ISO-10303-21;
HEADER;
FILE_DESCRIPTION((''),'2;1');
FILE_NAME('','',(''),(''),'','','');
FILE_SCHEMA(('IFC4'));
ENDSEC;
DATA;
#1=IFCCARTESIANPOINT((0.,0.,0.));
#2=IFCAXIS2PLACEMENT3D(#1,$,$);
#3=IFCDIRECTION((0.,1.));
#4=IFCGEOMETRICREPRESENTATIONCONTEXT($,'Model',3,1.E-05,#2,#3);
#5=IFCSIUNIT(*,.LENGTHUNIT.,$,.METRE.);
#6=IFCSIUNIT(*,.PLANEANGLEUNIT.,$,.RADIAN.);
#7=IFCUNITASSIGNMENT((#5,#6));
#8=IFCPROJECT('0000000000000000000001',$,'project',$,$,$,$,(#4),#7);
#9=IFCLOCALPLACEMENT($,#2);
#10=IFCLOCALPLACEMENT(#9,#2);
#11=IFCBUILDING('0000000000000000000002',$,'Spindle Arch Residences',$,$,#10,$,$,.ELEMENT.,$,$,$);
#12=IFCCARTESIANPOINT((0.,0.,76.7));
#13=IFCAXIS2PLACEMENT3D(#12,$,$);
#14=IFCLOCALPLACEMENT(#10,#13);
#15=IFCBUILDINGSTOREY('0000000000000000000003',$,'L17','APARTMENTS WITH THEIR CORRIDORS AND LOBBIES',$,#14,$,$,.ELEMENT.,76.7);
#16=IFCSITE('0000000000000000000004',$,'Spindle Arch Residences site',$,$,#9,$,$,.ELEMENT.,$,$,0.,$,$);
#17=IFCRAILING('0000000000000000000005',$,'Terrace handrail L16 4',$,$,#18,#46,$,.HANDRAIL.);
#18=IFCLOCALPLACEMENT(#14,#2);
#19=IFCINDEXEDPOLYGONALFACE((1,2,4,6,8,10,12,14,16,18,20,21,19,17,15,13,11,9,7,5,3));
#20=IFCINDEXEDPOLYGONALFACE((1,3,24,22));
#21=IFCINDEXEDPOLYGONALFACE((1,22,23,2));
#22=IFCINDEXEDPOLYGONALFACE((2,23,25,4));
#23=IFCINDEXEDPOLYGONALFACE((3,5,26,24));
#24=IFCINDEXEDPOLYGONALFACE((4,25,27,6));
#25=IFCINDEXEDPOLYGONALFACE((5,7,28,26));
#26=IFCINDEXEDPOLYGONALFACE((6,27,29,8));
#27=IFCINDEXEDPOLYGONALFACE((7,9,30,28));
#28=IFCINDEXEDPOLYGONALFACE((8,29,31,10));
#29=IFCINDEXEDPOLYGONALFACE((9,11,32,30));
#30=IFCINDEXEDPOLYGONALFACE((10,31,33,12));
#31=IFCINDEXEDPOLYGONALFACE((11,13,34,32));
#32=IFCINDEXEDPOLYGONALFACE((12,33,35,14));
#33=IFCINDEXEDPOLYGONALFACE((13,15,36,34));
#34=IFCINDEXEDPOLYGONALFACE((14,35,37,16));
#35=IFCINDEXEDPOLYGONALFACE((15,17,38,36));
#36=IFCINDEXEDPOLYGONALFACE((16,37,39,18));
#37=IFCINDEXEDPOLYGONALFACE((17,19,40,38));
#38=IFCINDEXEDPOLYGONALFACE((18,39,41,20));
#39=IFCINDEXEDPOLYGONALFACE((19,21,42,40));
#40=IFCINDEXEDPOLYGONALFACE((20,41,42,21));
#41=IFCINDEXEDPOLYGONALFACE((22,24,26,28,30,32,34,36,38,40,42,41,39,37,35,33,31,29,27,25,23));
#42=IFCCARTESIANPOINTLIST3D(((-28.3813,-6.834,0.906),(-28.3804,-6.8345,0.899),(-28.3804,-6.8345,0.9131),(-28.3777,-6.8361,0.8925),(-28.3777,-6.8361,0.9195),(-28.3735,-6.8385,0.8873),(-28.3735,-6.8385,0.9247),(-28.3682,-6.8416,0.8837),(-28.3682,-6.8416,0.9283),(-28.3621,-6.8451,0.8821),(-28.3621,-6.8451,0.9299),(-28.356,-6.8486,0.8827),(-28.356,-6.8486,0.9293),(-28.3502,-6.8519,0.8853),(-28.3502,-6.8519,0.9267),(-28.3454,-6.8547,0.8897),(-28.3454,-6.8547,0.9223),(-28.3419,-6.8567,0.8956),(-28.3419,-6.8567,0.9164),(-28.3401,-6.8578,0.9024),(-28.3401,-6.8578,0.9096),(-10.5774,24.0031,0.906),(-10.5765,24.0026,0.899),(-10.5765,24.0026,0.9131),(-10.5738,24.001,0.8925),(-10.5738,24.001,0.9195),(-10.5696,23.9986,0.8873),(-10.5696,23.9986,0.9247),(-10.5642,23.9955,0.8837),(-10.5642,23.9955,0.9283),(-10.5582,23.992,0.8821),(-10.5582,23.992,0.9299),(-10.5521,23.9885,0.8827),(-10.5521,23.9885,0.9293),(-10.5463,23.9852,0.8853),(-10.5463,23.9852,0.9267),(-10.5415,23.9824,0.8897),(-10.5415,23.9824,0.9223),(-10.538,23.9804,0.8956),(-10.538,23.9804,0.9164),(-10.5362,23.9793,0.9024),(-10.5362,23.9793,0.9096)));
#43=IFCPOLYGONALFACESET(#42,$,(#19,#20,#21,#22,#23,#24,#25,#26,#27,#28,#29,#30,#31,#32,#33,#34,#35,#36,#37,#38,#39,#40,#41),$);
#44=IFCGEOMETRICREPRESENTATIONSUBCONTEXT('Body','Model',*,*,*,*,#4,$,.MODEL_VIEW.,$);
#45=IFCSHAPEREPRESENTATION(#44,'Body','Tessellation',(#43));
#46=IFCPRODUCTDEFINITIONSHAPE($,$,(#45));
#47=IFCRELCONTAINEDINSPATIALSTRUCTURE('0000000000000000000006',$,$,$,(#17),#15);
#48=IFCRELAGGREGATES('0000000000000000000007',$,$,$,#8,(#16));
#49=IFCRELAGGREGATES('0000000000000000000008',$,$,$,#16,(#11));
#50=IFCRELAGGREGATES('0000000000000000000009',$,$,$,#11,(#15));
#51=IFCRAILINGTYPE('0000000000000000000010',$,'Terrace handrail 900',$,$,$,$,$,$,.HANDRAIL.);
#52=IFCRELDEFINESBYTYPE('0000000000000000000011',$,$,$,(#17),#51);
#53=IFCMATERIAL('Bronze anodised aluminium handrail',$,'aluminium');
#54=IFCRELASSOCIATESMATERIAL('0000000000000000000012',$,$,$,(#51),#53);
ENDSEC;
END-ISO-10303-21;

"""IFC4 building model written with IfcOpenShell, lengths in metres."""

from ifc_helpers import new_model, si_unit, direction, frame, origin, origin_2d, place, context, subcontext, project, spatial, circle, extrude, material, type_object, element, save


model = new_model("IFC4")

# Units and contexts
model_context = context("Model", 3, precision=1e-05, world=origin(), true_north=direction((0.0, 1.0)))
body_context = subcontext(model_context, "Body", "Model", "MODEL_VIEW")
ifc_project = project(units=[si_unit("LENGTHUNIT", "METRE"), si_unit("PLANEANGLEUNIT", "RADIAN")], contexts=[model_context])

# Site, building, storey
site_placement = place(None, origin())
site = spatial("IfcSite", under=ifc_project, at=site_placement, Name="Spindle Arch Residences site", CompositionType="ELEMENT", RefElevation=0.0)
building_placement = place(site_placement, origin())
building = spatial("IfcBuilding", under=site, at=building_placement, Name="Spindle Arch Residences", CompositionType="ELEMENT")
storey_placement = place(building_placement, frame((0.0, 0.0, 76.7)))
storey = spatial("IfcBuildingStorey", under=building, at=storey_placement, Name="L17", Description="APARTMENTS WITH THEIR CORRIDORS AND LOBBIES", CompositionType="ELEMENT", Elevation=76.7)

# Railing
ifc_material_1 = material(Name="Bronze anodised aluminium handrail", Category="aluminium")
railing_type_1 = type_object("IfcRailingType", Name="Terrace handrail 900", PredefinedType="HANDRAIL", material=ifc_material_1)
railing_1_placement = place(storey_placement, frame((-28.3606, -6.8459, 0.03)))
element("IfcRailing", 1, at=railing_1_placement, inside=storey, type_object=railing_type_1, Name="Terrace handrail L16 4", PredefinedType="HANDRAIL", context=body_context, shape_type="SweptSolid", body=[
    extrude(circle(Radius=0.0239, at=origin_2d()), frame((0.0, 0.0, 0.876), z_axis=(0.500002, 0.866024, 0.0), x_axis=(-0.866024, 0.500002, 0.0)), (0.0, 0.0, 1.0), 35.6077),
])

save(model, "model.ifc")
